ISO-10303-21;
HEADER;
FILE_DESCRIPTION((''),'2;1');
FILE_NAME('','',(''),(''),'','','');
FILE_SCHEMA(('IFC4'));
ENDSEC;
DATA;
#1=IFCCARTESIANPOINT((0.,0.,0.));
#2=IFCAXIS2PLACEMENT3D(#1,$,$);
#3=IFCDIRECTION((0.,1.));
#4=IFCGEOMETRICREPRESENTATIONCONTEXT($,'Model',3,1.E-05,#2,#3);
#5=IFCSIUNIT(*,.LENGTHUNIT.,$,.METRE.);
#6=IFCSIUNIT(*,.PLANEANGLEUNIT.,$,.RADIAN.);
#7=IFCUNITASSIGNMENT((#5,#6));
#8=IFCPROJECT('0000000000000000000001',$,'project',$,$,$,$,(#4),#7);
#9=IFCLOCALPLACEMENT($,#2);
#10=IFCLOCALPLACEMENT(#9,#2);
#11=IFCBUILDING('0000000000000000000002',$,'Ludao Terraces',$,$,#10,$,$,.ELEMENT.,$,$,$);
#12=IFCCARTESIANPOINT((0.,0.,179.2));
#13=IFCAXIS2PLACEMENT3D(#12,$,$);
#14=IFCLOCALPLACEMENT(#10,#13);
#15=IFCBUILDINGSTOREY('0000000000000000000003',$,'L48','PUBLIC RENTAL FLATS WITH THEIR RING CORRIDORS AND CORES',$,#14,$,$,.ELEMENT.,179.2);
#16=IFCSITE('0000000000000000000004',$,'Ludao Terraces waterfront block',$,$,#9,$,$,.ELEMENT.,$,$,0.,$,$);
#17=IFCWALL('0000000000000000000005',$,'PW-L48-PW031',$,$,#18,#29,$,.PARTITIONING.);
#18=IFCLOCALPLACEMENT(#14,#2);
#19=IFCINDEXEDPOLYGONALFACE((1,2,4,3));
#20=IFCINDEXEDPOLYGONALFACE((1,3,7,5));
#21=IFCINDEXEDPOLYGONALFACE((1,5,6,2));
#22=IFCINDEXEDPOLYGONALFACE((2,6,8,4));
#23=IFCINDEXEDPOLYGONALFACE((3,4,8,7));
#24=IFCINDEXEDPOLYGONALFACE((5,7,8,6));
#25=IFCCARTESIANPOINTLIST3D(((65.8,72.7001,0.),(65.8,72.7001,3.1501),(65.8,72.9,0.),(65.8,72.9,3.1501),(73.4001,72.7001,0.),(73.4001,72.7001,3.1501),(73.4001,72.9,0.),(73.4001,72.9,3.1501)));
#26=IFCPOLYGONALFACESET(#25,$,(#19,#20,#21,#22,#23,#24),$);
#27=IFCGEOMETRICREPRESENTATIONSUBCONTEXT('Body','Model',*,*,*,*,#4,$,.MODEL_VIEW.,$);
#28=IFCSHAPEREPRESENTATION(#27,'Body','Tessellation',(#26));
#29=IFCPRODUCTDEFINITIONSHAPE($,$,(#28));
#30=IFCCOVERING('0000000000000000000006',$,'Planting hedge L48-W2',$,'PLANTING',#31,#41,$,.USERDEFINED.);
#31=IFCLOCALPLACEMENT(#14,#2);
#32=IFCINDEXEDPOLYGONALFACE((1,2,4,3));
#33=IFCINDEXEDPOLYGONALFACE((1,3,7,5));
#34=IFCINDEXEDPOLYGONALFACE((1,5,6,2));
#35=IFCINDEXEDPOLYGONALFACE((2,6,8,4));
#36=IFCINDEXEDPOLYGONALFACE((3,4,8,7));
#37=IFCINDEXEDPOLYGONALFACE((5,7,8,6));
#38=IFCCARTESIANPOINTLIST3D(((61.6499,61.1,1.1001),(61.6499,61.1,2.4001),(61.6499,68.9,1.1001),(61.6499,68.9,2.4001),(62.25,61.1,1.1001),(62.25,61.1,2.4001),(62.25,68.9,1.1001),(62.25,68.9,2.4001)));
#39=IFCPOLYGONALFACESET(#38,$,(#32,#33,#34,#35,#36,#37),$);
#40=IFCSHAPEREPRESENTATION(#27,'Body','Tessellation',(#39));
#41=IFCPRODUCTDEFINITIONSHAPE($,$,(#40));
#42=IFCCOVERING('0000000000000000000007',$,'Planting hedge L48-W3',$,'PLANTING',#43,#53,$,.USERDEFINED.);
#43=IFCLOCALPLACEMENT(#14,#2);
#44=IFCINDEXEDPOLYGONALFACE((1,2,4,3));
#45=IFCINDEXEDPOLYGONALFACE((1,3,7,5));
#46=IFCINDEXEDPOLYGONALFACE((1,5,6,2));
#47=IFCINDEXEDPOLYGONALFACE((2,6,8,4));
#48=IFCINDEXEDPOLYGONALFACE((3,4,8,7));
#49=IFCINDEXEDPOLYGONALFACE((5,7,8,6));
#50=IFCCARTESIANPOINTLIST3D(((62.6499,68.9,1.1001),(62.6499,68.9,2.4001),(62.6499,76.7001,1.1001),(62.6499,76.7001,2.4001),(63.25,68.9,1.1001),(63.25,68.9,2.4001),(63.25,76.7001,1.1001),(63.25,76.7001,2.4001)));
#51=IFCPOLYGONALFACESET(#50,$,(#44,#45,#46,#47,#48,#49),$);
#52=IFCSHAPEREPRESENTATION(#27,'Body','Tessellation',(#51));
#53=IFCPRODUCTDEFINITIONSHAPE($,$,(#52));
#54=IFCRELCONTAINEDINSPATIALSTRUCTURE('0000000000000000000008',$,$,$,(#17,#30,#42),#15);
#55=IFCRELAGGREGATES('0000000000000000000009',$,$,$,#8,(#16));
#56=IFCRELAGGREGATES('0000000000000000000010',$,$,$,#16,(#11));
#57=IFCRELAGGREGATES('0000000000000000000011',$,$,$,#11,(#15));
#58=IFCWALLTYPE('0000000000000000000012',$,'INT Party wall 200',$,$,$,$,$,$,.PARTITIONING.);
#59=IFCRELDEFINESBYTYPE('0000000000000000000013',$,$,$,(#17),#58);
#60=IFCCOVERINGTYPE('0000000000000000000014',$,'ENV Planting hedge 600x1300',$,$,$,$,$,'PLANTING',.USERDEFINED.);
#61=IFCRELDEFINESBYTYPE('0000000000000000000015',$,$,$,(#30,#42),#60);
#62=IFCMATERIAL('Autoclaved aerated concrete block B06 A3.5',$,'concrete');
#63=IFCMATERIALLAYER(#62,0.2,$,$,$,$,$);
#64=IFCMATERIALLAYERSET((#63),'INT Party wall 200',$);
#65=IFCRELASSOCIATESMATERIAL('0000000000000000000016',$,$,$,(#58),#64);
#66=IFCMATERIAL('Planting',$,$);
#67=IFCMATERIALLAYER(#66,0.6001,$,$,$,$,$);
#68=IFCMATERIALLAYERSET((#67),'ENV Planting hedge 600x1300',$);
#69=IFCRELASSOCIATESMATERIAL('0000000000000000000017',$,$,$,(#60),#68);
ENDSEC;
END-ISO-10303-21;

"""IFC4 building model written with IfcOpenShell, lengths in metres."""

from ifc_helpers import new_model, si_unit, direction, frame, frame_2d, origin, origin_2d, place, context, subcontext, project, spatial, rectangle, extrude, material, layer, layer_set, type_object, element, save


model = new_model("IFC4")

# Units and contexts
model_context = context("Model", 3, precision=1e-05, world=origin(), true_north=direction((0.0, 1.0)))
body_context = subcontext(model_context, "Body", "Model", "MODEL_VIEW")
ifc_project = project(units=[si_unit("LENGTHUNIT", "METRE"), si_unit("PLANEANGLEUNIT", "RADIAN")], contexts=[model_context])

# Site, building, storey
site_placement = place(None, origin())
site = spatial("IfcSite", under=ifc_project, at=site_placement, Name="Ludao Terraces waterfront block", CompositionType="ELEMENT", RefElevation=0.0)
building_placement = place(site_placement, origin())
building = spatial("IfcBuilding", under=site, at=building_placement, Name="Ludao Terraces", CompositionType="ELEMENT")
storey_placement = place(building_placement, frame((0.0, 0.0, 179.2)))
storey = spatial("IfcBuildingStorey", under=building, at=storey_placement, Name="L48", Description="PUBLIC RENTAL FLATS WITH THEIR RING CORRIDORS AND CORES", CompositionType="ELEMENT", Elevation=179.2)

# Wall
ifc_material_1 = material(Name="Autoclaved aerated concrete block B06 A3.5", Category="concrete")
ifc_layer_1 = layer(ifc_material_1, 0.2)
ifc_layer_set_1 = layer_set([ifc_layer_1], Name="INT Party wall 200")
wall_type_1 = type_object("IfcWallType", Name="INT Party wall 200", PredefinedType="PARTITIONING", material=ifc_layer_set_1)
for number, where, z_axis, x_axis, name in (
    (1, (65.8, 72.8, 0.0), (0.0, 0.0, 1.0), (1.0, 0.0, 0.0), "PW-L48-PW031"),
):
    element("IfcWall", number, at=place(storey_placement, frame(where, z_axis=z_axis, x_axis=x_axis)), inside=storey, type_object=wall_type_1, Name=name, PredefinedType="PARTITIONING", context=body_context, shape_type="SweptSolid", body=[
        extrude(rectangle(XDim=7.6001, YDim=0.2, at=frame_2d((3.8, 0.0))), origin(), (0.0, 0.0, 1.0), 3.1501),
    ])

# Coverings
ifc_material_2 = material(Name="Planting")
ifc_layer_2 = layer(ifc_material_2, 0.6001)
ifc_layer_set_2 = layer_set([ifc_layer_2], Name="ENV Planting hedge 600x1300")
covering_type = type_object("IfcCoveringType", Name="ENV Planting hedge 600x1300", ElementType="PLANTING", PredefinedType="USERDEFINED", material=ifc_layer_set_2)
for number, where, z_axis, x_axis, name in (
    (2, (61.95, 65.0, 1.1001), (0.0, 0.0, 1.0), (1.0, 0.0, 0.0), "Planting hedge L48-W2"),
    (3, (62.95, 72.8, 1.1001), (0.0, 0.0, 1.0), (1.0, 0.0, 0.0), "Planting hedge L48-W3"),
):
    element("IfcCovering", number, at=place(storey_placement, frame(where, z_axis=z_axis, x_axis=x_axis)), inside=storey, type_object=covering_type, Name=name, ObjectType="PLANTING", PredefinedType="USERDEFINED", context=body_context, shape_type="SweptSolid", body=[
        extrude(rectangle(XDim=0.6001, YDim=7.8, at=origin_2d()), origin(), (0.0, 0.0, 1.0), 1.3),
    ])

save(model, "model.ifc")
